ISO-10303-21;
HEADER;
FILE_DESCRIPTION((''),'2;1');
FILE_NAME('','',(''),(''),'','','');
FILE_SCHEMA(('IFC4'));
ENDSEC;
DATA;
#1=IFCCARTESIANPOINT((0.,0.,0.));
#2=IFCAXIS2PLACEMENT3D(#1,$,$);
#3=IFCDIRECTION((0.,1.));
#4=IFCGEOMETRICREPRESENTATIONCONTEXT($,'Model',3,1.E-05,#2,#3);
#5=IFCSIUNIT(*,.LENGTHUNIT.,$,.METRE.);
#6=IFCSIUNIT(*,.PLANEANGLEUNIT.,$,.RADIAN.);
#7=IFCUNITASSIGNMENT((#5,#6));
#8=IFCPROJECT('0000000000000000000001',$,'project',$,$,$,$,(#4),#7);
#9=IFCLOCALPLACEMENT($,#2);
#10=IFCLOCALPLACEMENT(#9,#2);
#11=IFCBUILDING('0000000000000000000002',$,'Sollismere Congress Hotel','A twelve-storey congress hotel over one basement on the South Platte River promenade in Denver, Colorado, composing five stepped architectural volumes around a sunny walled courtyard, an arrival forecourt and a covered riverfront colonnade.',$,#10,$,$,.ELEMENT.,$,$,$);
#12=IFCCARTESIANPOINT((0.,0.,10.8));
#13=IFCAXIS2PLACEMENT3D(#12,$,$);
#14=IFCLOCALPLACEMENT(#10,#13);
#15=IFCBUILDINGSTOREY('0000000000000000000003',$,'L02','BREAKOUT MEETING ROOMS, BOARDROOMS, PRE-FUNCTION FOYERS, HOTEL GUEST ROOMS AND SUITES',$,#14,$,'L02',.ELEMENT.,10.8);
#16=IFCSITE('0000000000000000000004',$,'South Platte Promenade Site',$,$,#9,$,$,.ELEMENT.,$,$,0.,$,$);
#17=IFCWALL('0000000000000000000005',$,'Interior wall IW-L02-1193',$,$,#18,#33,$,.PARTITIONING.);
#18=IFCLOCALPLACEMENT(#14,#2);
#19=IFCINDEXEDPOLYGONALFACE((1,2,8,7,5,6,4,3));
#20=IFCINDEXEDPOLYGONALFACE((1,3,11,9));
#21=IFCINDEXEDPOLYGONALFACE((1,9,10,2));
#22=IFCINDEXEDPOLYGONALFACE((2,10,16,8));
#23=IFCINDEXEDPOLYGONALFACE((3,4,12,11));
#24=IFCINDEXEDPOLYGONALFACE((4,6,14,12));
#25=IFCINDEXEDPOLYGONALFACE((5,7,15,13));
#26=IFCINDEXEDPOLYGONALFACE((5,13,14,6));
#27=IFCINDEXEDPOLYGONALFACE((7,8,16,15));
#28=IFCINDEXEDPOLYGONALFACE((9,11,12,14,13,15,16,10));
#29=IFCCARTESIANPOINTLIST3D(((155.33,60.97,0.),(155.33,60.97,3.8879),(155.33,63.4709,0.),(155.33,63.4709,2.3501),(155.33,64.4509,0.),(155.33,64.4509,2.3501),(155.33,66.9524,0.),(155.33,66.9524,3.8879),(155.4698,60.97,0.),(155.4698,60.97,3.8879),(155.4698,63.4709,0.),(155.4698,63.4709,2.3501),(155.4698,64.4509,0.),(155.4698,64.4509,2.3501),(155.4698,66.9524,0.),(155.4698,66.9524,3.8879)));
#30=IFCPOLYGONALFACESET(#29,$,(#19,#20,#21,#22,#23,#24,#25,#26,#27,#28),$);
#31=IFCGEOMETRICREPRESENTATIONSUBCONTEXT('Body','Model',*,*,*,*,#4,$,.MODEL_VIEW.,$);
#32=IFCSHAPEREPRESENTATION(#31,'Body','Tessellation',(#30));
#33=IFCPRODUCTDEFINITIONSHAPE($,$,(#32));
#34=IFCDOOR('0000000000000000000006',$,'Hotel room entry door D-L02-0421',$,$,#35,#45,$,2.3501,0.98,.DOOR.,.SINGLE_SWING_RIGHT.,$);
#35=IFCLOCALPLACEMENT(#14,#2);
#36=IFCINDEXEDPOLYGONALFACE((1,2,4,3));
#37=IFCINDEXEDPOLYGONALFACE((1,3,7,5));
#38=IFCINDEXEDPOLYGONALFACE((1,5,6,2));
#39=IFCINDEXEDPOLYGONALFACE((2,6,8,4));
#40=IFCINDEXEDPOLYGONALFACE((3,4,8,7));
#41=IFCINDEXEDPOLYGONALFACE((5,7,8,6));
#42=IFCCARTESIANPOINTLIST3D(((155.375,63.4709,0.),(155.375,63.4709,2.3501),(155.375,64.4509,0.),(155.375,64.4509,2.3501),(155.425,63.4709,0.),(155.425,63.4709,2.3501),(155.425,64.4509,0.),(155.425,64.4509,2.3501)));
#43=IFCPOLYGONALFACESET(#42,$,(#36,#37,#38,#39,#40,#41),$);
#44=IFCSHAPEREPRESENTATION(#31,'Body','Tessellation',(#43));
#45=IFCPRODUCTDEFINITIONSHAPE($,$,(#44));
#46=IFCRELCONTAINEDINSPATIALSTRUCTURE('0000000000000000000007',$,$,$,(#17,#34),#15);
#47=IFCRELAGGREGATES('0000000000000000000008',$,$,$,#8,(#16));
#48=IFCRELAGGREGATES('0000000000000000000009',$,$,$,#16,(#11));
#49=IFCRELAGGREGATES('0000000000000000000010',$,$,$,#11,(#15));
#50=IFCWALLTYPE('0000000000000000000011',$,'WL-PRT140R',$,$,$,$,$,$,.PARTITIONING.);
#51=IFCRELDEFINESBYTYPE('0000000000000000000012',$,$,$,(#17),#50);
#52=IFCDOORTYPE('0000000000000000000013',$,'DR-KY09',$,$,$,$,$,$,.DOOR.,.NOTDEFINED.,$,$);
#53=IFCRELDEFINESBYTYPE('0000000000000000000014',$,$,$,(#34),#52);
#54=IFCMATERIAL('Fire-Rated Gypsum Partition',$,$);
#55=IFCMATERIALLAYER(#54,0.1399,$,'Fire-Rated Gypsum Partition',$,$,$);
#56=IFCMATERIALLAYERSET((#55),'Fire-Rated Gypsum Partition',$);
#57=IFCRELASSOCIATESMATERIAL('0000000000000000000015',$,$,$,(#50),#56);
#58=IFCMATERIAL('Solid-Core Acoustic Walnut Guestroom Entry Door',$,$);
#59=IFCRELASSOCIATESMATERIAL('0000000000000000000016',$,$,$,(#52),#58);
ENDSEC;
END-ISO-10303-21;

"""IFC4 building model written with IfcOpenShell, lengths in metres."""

from ifc_helpers import new_model, si_unit, direction, frame, frame_2d, origin, place, context, subcontext, project, spatial, rectangle, extrude, material, layer, layer_set, type_object, element, fill, save


model = new_model("IFC4")

# Units and contexts
model_context = context("Model", 3, precision=1e-05, world=origin(), true_north=direction((0.0, 1.0)))
body_context = subcontext(model_context, "Body", "Model", "MODEL_VIEW")
ifc_project = project(units=[si_unit("LENGTHUNIT", "METRE"), si_unit("PLANEANGLEUNIT", "RADIAN")], contexts=[model_context])

# Site, building, storey
site_placement = place(None, origin())
site = spatial("IfcSite", under=ifc_project, at=site_placement, Name="South Platte Promenade Site", CompositionType="ELEMENT", RefElevation=0.0)
building_placement = place(site_placement, origin())
building = spatial("IfcBuilding", under=site, at=building_placement, Name="Sollismere Congress Hotel", Description="A twelve-storey congress hotel over one basement on the South Platte River promenade in Denver, Colorado, composing five stepped architectural volumes around a sunny walled courtyard, an arrival forecourt and a covered riverfront colonnade.", CompositionType="ELEMENT")
storey_placement = place(building_placement, frame((0.0, 0.0, 10.8)))
storey = spatial("IfcBuildingStorey", under=building, at=storey_placement, Name="L02", Description="BREAKOUT MEETING ROOMS, BOARDROOMS, PRE-FUNCTION FOYERS, HOTEL GUEST ROOMS AND SUITES", LongName="L02", CompositionType="ELEMENT", Elevation=10.8)

# Shared definitions
ifc_material_1 = material(Name="Fire-Rated Gypsum Partition")
ifc_layer_1 = layer(ifc_material_1, 0.1399, Name="Fire-Rated Gypsum Partition")
ifc_layer_set_1 = layer_set([ifc_layer_1], Name="Fire-Rated Gypsum Partition")
wall_type_1 = type_object("IfcWallType", Name="WL-PRT140R", PredefinedType="PARTITIONING", material=ifc_layer_set_1)

# Shared definitions
ifc_material_2 = material(Name="Solid-Core Acoustic Walnut Guestroom Entry Door")

# Wall, opening, door
wall_1_placement = place(storey_placement, frame((155.3999, 60.97, 0.0), z_axis=(0.0, 0.0, 1.0), x_axis=(0.0, 1.0, 0.0)))
wall_1 = element("IfcWall", 1, at=wall_1_placement, inside=storey, type_object=wall_type_1, Name="Interior wall IW-L02-1193", PredefinedType="PARTITIONING", context=body_context, shape_type="SweptSolid", body=[
    extrude(rectangle(XDim=5.9824, YDim=0.1399, at=frame_2d((2.9912, 0.0))), origin(), (0.0, 0.0, 1.0), 3.8879),
])
opening_1_placement = place(wall_1_placement, frame((2.501, 0.0, 0.0)))
opening_1 = element("IfcOpeningElement", 2, at=opening_1_placement, cuts=wall_1, PredefinedType="OPENING", context=body_context, shape_type="SweptSolid", body=[
    extrude(rectangle(XDim=0.98, YDim=2.3501, at=frame_2d((0.49, 1.175))), frame((0.0, 0.0798, 0.0), z_axis=(0.0, -1.0, 0.0), x_axis=(1.0, 0.0, 0.0)), (0.0, 0.0, 1.0), 0.1599),
])
door_type_1 = type_object("IfcDoorType", Name="DR-KY09", OperationType="NOTDEFINED", PredefinedType="DOOR", material=ifc_material_2)
door_1_placement = place(opening_1_placement, origin())
door_1 = element("IfcDoor", 3, at=door_1_placement, inside=storey, type_object=door_type_1, Name="Hotel room entry door D-L02-0421", OperationType="SINGLE_SWING_RIGHT", OverallHeight=2.3501, OverallWidth=0.98, PredefinedType="DOOR", context=body_context, shape_type="SweptSolid", body=[
    extrude(rectangle(XDim=0.98, YDim=2.3501, at=frame_2d((0.49, 1.175))), frame((0.0, 0.0249, 0.0), z_axis=(0.0, -1.0, 0.0), x_axis=(1.0, 0.0, 0.0)), (0.0, 0.0, 1.0), 0.05),
])
fill(opening_1, door_1)

save(model, "model.ifc")
